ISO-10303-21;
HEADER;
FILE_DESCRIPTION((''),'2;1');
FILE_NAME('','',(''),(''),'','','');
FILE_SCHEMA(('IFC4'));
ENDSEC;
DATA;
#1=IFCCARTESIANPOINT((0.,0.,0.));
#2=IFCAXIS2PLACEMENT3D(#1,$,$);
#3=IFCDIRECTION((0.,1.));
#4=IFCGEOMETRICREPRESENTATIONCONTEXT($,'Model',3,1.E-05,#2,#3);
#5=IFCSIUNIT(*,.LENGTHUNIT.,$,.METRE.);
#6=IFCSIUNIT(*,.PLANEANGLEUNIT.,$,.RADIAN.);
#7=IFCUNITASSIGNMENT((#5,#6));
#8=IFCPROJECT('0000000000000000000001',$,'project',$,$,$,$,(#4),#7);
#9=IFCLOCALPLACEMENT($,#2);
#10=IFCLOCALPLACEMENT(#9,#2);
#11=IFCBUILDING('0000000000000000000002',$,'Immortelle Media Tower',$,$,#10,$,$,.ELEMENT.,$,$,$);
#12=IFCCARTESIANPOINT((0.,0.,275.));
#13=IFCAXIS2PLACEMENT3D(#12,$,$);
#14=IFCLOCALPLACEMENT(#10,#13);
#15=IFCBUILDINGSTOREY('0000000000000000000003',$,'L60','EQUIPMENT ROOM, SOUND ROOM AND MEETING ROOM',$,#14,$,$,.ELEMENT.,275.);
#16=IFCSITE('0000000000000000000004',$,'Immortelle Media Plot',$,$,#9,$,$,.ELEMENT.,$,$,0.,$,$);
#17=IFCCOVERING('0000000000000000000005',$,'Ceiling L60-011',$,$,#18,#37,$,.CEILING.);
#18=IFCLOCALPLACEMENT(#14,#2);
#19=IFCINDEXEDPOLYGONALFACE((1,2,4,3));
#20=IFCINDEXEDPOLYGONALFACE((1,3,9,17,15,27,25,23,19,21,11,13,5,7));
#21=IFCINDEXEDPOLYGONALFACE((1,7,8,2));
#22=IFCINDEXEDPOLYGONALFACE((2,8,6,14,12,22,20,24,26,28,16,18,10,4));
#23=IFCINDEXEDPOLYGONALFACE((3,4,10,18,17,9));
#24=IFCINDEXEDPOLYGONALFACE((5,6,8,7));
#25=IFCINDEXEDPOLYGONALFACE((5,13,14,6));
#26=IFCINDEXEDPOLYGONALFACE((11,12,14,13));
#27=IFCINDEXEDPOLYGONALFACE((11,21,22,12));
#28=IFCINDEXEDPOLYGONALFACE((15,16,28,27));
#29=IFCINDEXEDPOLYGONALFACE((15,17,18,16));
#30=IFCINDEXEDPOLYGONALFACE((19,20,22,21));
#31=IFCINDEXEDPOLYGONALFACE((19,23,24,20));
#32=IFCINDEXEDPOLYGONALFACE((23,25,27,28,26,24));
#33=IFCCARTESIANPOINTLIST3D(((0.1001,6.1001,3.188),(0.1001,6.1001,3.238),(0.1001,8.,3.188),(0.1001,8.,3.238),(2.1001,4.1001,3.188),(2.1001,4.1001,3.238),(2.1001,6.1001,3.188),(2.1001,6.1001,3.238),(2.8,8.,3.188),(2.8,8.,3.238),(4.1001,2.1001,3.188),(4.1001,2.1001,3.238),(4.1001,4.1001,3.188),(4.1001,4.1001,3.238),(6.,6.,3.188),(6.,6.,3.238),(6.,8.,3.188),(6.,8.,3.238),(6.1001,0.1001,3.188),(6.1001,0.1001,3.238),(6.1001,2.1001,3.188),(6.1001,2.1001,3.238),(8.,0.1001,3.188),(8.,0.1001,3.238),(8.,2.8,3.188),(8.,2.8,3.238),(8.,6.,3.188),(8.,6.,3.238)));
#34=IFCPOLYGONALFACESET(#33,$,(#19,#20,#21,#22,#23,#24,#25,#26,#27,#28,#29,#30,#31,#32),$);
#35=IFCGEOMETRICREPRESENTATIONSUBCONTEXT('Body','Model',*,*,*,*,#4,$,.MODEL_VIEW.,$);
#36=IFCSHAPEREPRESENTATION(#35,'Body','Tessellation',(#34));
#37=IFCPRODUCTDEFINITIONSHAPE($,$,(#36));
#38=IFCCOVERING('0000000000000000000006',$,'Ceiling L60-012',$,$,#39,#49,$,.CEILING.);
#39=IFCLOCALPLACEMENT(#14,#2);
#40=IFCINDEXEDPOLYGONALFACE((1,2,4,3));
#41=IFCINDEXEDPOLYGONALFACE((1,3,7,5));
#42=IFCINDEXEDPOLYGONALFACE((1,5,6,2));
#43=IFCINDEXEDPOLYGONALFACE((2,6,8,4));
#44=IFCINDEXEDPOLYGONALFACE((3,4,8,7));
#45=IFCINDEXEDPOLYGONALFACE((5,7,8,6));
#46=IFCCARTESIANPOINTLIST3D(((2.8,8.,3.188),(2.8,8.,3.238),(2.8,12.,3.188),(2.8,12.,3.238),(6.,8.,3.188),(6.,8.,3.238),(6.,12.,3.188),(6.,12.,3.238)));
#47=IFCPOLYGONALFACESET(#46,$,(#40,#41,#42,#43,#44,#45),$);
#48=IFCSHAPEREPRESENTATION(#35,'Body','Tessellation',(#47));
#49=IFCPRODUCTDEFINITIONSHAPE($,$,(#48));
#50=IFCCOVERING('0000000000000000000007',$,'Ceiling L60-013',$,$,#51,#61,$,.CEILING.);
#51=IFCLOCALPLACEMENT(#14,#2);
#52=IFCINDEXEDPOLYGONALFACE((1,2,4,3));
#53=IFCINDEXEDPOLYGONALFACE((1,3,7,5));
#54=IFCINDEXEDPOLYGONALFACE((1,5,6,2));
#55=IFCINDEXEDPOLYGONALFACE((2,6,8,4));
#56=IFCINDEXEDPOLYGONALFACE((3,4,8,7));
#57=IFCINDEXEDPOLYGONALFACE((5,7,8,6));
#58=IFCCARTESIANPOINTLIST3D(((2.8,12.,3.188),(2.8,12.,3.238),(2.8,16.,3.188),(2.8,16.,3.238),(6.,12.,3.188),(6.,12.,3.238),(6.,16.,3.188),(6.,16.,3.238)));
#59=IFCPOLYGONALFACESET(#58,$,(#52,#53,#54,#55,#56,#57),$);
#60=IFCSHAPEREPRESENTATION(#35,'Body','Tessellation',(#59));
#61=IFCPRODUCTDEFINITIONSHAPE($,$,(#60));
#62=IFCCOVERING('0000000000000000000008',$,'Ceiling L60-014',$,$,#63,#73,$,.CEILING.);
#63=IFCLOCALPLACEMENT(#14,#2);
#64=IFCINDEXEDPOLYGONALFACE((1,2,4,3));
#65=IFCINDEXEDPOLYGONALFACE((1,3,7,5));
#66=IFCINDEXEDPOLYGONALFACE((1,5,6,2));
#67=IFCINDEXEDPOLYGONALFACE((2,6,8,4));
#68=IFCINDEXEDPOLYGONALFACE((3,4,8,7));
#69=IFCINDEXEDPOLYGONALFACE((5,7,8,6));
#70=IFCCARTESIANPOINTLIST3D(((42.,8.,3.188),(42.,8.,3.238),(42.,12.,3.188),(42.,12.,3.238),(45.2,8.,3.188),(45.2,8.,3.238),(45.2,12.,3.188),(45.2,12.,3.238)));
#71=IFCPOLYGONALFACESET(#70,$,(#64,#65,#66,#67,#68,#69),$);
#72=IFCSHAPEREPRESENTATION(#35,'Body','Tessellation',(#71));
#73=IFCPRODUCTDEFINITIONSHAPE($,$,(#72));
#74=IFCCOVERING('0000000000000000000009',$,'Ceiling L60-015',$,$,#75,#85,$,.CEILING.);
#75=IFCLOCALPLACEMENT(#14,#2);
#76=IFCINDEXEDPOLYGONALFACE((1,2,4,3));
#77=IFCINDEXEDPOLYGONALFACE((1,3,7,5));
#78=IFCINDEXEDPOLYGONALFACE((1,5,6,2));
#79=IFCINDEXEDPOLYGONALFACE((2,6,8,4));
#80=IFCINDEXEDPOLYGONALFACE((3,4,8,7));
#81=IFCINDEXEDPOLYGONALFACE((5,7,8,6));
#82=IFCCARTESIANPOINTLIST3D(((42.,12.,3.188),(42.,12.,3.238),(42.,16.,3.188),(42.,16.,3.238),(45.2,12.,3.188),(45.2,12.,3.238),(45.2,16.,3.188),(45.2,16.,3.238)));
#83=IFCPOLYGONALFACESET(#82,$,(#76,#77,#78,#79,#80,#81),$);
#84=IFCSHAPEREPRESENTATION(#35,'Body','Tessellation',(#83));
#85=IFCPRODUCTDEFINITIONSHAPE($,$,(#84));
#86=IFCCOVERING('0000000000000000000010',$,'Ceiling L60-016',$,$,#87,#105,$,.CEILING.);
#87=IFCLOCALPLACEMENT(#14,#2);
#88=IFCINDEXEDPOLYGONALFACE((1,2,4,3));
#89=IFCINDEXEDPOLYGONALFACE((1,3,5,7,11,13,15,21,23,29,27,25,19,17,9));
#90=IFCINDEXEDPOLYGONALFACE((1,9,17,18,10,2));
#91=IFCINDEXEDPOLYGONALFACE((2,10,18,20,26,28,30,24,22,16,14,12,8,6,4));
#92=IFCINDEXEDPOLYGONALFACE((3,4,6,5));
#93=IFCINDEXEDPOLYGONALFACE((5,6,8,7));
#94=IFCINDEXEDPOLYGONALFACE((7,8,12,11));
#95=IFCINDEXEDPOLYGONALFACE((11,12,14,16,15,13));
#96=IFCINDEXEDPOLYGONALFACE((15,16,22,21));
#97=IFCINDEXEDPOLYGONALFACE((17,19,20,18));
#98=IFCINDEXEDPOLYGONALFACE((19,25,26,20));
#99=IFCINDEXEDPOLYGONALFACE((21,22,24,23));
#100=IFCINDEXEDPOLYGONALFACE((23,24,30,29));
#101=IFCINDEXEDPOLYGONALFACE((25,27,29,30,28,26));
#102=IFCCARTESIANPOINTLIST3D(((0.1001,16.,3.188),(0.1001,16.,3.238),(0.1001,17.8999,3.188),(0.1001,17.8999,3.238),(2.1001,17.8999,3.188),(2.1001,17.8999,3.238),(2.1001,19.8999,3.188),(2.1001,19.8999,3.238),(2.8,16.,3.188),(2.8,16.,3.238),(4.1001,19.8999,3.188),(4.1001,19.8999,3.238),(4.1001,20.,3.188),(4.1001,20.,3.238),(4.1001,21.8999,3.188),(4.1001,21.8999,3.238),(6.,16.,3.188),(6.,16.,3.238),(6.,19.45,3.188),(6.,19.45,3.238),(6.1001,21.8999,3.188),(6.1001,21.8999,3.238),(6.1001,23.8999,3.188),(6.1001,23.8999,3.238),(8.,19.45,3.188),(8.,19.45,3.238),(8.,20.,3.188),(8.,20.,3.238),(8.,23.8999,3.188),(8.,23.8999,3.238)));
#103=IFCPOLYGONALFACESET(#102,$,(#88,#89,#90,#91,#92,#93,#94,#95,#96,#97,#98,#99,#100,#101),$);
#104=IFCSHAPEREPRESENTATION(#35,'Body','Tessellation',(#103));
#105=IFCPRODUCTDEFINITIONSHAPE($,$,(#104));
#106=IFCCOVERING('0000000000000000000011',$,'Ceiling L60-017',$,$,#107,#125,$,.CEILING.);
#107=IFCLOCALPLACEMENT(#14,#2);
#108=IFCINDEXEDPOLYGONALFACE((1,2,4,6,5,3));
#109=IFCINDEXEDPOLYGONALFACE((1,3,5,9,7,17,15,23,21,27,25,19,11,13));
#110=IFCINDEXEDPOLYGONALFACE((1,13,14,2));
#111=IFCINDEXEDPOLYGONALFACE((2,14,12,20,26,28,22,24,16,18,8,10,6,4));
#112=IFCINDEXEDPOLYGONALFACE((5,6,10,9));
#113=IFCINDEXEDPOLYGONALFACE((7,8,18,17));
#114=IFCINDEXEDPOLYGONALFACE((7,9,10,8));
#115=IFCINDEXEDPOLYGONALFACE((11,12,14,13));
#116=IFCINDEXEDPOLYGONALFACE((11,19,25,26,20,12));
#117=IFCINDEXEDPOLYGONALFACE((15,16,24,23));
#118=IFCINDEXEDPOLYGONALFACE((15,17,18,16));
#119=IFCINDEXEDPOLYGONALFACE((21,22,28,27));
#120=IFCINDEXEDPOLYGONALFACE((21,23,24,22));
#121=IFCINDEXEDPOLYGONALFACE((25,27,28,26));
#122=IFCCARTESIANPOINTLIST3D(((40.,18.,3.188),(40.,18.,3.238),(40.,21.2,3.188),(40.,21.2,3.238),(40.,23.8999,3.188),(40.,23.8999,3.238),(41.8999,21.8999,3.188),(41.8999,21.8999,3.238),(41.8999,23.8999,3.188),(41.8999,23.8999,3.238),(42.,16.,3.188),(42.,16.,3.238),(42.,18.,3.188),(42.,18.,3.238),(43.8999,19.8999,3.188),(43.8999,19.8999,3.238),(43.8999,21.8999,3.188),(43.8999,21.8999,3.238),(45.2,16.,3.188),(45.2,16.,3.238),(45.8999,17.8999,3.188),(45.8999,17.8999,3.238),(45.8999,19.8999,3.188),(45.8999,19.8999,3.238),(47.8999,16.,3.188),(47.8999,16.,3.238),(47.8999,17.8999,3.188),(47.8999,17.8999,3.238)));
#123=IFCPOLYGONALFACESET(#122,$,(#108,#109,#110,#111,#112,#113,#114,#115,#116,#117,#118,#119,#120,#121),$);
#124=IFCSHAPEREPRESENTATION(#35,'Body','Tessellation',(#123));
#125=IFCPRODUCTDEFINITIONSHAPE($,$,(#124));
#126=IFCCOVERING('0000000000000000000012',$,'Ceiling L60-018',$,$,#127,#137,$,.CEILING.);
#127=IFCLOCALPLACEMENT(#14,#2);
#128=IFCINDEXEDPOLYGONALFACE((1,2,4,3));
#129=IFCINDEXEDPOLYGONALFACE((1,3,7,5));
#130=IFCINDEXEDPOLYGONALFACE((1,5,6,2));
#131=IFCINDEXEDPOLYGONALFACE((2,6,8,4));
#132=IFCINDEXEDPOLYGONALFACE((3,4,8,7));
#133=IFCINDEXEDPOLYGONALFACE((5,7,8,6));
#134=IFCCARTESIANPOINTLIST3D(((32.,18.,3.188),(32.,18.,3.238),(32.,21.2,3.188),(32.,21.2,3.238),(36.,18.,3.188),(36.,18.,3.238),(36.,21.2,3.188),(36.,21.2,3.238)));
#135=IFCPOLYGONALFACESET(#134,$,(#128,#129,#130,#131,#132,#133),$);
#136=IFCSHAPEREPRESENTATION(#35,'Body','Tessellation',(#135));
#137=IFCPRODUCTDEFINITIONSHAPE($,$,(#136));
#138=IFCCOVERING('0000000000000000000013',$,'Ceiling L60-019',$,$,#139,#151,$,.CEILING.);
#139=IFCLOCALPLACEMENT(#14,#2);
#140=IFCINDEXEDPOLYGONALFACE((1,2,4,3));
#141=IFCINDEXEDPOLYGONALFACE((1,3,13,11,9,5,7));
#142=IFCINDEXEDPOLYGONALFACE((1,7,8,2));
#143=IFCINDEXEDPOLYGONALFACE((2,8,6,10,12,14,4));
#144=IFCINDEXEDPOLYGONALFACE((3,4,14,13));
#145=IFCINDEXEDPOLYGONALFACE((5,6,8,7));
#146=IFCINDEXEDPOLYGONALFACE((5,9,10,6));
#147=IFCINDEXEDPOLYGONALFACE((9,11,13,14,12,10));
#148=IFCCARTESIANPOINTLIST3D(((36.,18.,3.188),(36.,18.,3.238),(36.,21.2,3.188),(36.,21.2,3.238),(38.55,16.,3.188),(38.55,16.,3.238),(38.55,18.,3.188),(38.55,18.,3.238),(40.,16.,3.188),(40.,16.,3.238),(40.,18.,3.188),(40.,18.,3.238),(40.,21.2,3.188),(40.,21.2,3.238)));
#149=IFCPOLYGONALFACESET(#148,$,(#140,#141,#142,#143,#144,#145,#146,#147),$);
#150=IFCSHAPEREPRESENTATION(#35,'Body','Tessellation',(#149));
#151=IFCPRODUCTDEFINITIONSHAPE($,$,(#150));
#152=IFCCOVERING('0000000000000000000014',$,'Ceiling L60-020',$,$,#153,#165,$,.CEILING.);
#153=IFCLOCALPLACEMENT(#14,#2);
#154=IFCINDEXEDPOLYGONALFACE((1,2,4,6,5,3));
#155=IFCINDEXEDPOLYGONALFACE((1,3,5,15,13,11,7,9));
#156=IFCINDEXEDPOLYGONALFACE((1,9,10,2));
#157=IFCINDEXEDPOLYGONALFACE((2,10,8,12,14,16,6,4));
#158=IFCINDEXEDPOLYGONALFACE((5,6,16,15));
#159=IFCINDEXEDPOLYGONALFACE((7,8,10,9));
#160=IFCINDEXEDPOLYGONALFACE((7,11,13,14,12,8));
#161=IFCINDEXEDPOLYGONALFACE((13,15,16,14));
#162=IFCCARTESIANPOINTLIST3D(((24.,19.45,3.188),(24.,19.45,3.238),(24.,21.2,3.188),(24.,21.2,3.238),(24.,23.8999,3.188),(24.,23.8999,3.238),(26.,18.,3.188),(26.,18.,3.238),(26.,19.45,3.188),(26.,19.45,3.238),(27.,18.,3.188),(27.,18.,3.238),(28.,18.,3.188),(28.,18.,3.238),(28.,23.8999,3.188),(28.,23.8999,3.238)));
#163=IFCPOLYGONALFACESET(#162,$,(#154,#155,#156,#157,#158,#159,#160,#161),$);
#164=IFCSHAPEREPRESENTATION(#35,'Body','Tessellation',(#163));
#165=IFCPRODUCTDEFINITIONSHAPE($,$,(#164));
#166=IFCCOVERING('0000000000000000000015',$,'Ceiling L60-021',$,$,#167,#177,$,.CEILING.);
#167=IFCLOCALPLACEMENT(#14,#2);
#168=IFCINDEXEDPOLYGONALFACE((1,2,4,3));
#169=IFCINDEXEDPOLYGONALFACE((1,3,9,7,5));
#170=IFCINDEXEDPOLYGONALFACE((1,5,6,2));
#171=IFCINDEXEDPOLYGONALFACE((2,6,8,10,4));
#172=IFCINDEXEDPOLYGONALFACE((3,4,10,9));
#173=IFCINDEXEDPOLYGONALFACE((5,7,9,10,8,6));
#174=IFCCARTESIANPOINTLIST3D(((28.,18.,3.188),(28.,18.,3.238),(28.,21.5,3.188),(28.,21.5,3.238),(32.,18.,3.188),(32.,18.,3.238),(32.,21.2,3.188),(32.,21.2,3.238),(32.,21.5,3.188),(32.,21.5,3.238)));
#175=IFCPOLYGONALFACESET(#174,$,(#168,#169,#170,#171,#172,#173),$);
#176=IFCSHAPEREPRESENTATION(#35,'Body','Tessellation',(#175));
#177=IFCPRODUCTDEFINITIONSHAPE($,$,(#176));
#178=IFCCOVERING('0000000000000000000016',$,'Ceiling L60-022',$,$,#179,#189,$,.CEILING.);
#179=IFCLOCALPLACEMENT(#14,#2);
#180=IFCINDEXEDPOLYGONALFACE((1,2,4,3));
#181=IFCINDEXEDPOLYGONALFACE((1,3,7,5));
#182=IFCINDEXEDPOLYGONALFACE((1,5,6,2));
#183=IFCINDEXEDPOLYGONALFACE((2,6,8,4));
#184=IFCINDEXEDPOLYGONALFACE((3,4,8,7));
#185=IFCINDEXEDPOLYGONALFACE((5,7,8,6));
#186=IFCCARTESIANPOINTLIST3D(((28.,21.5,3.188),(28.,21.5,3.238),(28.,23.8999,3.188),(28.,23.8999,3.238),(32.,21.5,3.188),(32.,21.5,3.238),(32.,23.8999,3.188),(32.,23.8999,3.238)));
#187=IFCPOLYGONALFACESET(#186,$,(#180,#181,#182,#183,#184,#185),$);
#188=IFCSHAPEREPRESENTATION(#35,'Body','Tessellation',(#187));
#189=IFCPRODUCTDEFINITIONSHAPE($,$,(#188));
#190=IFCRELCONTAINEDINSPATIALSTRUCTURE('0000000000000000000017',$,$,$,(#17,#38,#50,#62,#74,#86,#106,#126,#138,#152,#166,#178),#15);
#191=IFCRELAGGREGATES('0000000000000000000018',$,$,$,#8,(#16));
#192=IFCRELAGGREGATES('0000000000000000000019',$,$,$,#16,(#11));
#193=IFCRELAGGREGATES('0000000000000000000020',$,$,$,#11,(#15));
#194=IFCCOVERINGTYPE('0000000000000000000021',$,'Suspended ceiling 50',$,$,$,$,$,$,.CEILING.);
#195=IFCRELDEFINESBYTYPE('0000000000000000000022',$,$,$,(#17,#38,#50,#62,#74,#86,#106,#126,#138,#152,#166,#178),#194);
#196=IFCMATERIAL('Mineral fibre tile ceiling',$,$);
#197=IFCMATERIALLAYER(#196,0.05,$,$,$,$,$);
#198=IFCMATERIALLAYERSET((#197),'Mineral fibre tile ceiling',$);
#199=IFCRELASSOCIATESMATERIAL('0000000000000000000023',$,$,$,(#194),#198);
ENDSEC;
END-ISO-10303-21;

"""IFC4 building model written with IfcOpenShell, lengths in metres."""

from ifc_helpers import new_model, si_unit, direction, frame, origin, place, context, subcontext, project, spatial, polyline, outline, extrude, material, layer, layer_set, type_object, element, save


model = new_model("IFC4")

# Units and contexts
model_context = context("Model", 3, precision=1e-05, world=origin(), true_north=direction((0.0, 1.0)))
body_context = subcontext(model_context, "Body", "Model", "MODEL_VIEW")
ifc_project = project(units=[si_unit("LENGTHUNIT", "METRE"), si_unit("PLANEANGLEUNIT", "RADIAN")], contexts=[model_context])

# Site, building, storey
site_placement = place(None, origin())
site = spatial("IfcSite", under=ifc_project, at=site_placement, Name="Immortelle Media Plot", CompositionType="ELEMENT", RefElevation=0.0)
building_placement = place(site_placement, origin())
building = spatial("IfcBuilding", under=site, at=building_placement, Name="Immortelle Media Tower", CompositionType="ELEMENT")
storey_placement = place(building_placement, frame((0.0, 0.0, 275.0)))
storey = spatial("IfcBuildingStorey", under=building, at=storey_placement, Name="L60", Description="EQUIPMENT ROOM, SOUND ROOM AND MEETING ROOM", CompositionType="ELEMENT", Elevation=275.0)

# Coverings
ifc_material_1 = material(Name="Mineral fibre tile ceiling")
ifc_layer_1 = layer(ifc_material_1, 0.05)
ifc_layer_set_1 = layer_set([ifc_layer_1], Name="Mineral fibre tile ceiling")
covering_type = type_object("IfcCoveringType", Name="Suspended ceiling 50", PredefinedType="CEILING", material=ifc_layer_set_1)
covering_1_placement = place(storey_placement, frame((0.0, 0.0, 3.188)))
element("IfcCovering", 1, at=covering_1_placement, inside=storey, type_object=covering_type, Name="Ceiling L60-011", PredefinedType="CEILING", context=body_context, shape_type="SweptSolid", body=[
    extrude(outline(polyline([(6.1001, 0.1001), (6.1001, 2.1001), (4.1001, 2.1001), (4.1001, 4.1001), (2.1001, 4.1001), (2.1001, 6.1001), (0.1001, 6.1001), (0.1001, 8.0), (2.8, 8.0), (6.0, 8.0), (6.0, 6.0), (8.0, 6.0), (8.0, 2.8), (8.0, 0.1001), (6.1001, 0.1001)])), origin(), (0.0, 0.0, 1.0), 0.05),
])
covering_2_placement = place(storey_placement, frame((0.0, 0.0, 3.188)))
element("IfcCovering", 2, at=covering_2_placement, inside=storey, type_object=covering_type, Name="Ceiling L60-012", PredefinedType="CEILING", context=body_context, shape_type="SweptSolid", body=[
    extrude(outline(polyline([(2.8, 8.0), (2.8, 12.0), (6.0, 12.0), (6.0, 8.0), (2.8, 8.0)])), origin(), (0.0, 0.0, 1.0), 0.05),
])
covering_3_placement = place(storey_placement, frame((0.0, 0.0, 3.188)))
element("IfcCovering", 3, at=covering_3_placement, inside=storey, type_object=covering_type, Name="Ceiling L60-013", PredefinedType="CEILING", context=body_context, shape_type="SweptSolid", body=[
    extrude(outline(polyline([(2.8, 16.0), (6.0, 16.0), (6.0, 12.0), (2.8, 12.0), (2.8, 16.0)])), origin(), (0.0, 0.0, 1.0), 0.05),
])
covering_4_placement = place(storey_placement, frame((0.0, 0.0, 3.188)))
element("IfcCovering", 4, at=covering_4_placement, inside=storey, type_object=covering_type, Name="Ceiling L60-014", PredefinedType="CEILING", context=body_context, shape_type="SweptSolid", body=[
    extrude(outline(polyline([(42.0, 8.0), (42.0, 12.0), (45.2, 12.0), (45.2, 8.0), (42.0, 8.0)])), origin(), (0.0, 0.0, 1.0), 0.05),
])
covering_5_placement = place(storey_placement, frame((0.0, 0.0, 3.188)))
element("IfcCovering", 5, at=covering_5_placement, inside=storey, type_object=covering_type, Name="Ceiling L60-015", PredefinedType="CEILING", context=body_context, shape_type="SweptSolid", body=[
    extrude(outline(polyline([(42.0, 16.0), (45.2, 16.0), (45.2, 12.0), (42.0, 12.0), (42.0, 16.0)])), origin(), (0.0, 0.0, 1.0), 0.05),
])
covering_6_placement = place(storey_placement, frame((0.0, 0.0, 3.188)))
element("IfcCovering", 6, at=covering_6_placement, inside=storey, type_object=covering_type, Name="Ceiling L60-016", PredefinedType="CEILING", context=body_context, shape_type="SweptSolid", body=[
    extrude(outline(polyline([(2.8, 16.0), (0.1001, 16.0), (0.1001, 17.8999), (2.1001, 17.8999), (2.1001, 19.8999), (4.1001, 19.8999), (4.1001, 20.0), (4.1001, 21.8999), (6.1001, 21.8999), (6.1001, 23.8999), (8.0, 23.8999), (8.0, 20.0), (8.0, 19.45), (6.0, 19.45), (6.0, 16.0), (2.8, 16.0)])), origin(), (0.0, 0.0, 1.0), 0.05),
])
covering_7_placement = place(storey_placement, frame((0.0, 0.0, 3.188)))
element("IfcCovering", 7, at=covering_7_placement, inside=storey, type_object=covering_type, Name="Ceiling L60-017", PredefinedType="CEILING", context=body_context, shape_type="SweptSolid", body=[
    extrude(outline(polyline([(45.2, 16.0), (42.0, 16.0), (42.0, 18.0), (40.0, 18.0), (40.0, 21.2), (40.0, 23.8999), (41.8999, 23.8999), (41.8999, 21.8999), (43.8999, 21.8999), (43.8999, 19.8999), (45.8999, 19.8999), (45.8999, 17.8999), (47.8999, 17.8999), (47.8999, 16.0), (45.2, 16.0)])), origin(), (0.0, 0.0, 1.0), 0.05),
])
covering_8_placement = place(storey_placement, frame((0.0, 0.0, 3.188)))
element("IfcCovering", 8, at=covering_8_placement, inside=storey, type_object=covering_type, Name="Ceiling L60-018", PredefinedType="CEILING", context=body_context, shape_type="SweptSolid", body=[
    extrude(outline(polyline([(32.0, 18.0), (32.0, 21.2), (36.0, 21.2), (36.0, 18.0), (32.0, 18.0)])), origin(), (0.0, 0.0, 1.0), 0.05),
])
covering_9_placement = place(storey_placement, frame((0.0, 0.0, 3.188)))
element("IfcCovering", 9, at=covering_9_placement, inside=storey, type_object=covering_type, Name="Ceiling L60-019", PredefinedType="CEILING", context=body_context, shape_type="SweptSolid", body=[
    extrude(outline(polyline([(38.55, 18.0), (36.0, 18.0), (36.0, 21.2), (40.0, 21.2), (40.0, 18.0), (40.0, 16.0), (38.55, 16.0), (38.55, 18.0)])), origin(), (0.0, 0.0, 1.0), 0.05),
])
covering_10_placement = place(storey_placement, frame((0.0, 0.0, 3.188)))
element("IfcCovering", 10, at=covering_10_placement, inside=storey, type_object=covering_type, Name="Ceiling L60-020", PredefinedType="CEILING", context=body_context, shape_type="SweptSolid", body=[
    extrude(outline(polyline([(26.0, 18.0), (26.0, 19.45), (24.0, 19.45), (24.0, 21.2), (24.0, 23.8999), (28.0, 23.8999), (28.0, 18.0), (27.0, 18.0), (26.0, 18.0)])), origin(), (0.0, 0.0, 1.0), 0.05),
])
covering_11_placement = place(storey_placement, frame((0.0, 0.0, 3.188)))
element("IfcCovering", 11, at=covering_11_placement, inside=storey, type_object=covering_type, Name="Ceiling L60-021", PredefinedType="CEILING", context=body_context, shape_type="SweptSolid", body=[
    extrude(outline(polyline([(32.0, 21.2), (32.0, 18.0), (28.0, 18.0), (28.0, 21.5), (32.0, 21.5), (32.0, 21.2)])), origin(), (0.0, 0.0, 1.0), 0.05),
])
covering_12_placement = place(storey_placement, frame((0.0, 0.0, 3.188)))
element("IfcCovering", 12, at=covering_12_placement, inside=storey, type_object=covering_type, Name="Ceiling L60-022", PredefinedType="CEILING", context=body_context, shape_type="SweptSolid", body=[
    extrude(outline(polyline([(32.0, 21.5), (28.0, 21.5), (28.0, 23.8999), (32.0, 23.8999), (32.0, 21.5)])), origin(), (0.0, 0.0, 1.0), 0.05),
])

save(model, "model.ifc")
